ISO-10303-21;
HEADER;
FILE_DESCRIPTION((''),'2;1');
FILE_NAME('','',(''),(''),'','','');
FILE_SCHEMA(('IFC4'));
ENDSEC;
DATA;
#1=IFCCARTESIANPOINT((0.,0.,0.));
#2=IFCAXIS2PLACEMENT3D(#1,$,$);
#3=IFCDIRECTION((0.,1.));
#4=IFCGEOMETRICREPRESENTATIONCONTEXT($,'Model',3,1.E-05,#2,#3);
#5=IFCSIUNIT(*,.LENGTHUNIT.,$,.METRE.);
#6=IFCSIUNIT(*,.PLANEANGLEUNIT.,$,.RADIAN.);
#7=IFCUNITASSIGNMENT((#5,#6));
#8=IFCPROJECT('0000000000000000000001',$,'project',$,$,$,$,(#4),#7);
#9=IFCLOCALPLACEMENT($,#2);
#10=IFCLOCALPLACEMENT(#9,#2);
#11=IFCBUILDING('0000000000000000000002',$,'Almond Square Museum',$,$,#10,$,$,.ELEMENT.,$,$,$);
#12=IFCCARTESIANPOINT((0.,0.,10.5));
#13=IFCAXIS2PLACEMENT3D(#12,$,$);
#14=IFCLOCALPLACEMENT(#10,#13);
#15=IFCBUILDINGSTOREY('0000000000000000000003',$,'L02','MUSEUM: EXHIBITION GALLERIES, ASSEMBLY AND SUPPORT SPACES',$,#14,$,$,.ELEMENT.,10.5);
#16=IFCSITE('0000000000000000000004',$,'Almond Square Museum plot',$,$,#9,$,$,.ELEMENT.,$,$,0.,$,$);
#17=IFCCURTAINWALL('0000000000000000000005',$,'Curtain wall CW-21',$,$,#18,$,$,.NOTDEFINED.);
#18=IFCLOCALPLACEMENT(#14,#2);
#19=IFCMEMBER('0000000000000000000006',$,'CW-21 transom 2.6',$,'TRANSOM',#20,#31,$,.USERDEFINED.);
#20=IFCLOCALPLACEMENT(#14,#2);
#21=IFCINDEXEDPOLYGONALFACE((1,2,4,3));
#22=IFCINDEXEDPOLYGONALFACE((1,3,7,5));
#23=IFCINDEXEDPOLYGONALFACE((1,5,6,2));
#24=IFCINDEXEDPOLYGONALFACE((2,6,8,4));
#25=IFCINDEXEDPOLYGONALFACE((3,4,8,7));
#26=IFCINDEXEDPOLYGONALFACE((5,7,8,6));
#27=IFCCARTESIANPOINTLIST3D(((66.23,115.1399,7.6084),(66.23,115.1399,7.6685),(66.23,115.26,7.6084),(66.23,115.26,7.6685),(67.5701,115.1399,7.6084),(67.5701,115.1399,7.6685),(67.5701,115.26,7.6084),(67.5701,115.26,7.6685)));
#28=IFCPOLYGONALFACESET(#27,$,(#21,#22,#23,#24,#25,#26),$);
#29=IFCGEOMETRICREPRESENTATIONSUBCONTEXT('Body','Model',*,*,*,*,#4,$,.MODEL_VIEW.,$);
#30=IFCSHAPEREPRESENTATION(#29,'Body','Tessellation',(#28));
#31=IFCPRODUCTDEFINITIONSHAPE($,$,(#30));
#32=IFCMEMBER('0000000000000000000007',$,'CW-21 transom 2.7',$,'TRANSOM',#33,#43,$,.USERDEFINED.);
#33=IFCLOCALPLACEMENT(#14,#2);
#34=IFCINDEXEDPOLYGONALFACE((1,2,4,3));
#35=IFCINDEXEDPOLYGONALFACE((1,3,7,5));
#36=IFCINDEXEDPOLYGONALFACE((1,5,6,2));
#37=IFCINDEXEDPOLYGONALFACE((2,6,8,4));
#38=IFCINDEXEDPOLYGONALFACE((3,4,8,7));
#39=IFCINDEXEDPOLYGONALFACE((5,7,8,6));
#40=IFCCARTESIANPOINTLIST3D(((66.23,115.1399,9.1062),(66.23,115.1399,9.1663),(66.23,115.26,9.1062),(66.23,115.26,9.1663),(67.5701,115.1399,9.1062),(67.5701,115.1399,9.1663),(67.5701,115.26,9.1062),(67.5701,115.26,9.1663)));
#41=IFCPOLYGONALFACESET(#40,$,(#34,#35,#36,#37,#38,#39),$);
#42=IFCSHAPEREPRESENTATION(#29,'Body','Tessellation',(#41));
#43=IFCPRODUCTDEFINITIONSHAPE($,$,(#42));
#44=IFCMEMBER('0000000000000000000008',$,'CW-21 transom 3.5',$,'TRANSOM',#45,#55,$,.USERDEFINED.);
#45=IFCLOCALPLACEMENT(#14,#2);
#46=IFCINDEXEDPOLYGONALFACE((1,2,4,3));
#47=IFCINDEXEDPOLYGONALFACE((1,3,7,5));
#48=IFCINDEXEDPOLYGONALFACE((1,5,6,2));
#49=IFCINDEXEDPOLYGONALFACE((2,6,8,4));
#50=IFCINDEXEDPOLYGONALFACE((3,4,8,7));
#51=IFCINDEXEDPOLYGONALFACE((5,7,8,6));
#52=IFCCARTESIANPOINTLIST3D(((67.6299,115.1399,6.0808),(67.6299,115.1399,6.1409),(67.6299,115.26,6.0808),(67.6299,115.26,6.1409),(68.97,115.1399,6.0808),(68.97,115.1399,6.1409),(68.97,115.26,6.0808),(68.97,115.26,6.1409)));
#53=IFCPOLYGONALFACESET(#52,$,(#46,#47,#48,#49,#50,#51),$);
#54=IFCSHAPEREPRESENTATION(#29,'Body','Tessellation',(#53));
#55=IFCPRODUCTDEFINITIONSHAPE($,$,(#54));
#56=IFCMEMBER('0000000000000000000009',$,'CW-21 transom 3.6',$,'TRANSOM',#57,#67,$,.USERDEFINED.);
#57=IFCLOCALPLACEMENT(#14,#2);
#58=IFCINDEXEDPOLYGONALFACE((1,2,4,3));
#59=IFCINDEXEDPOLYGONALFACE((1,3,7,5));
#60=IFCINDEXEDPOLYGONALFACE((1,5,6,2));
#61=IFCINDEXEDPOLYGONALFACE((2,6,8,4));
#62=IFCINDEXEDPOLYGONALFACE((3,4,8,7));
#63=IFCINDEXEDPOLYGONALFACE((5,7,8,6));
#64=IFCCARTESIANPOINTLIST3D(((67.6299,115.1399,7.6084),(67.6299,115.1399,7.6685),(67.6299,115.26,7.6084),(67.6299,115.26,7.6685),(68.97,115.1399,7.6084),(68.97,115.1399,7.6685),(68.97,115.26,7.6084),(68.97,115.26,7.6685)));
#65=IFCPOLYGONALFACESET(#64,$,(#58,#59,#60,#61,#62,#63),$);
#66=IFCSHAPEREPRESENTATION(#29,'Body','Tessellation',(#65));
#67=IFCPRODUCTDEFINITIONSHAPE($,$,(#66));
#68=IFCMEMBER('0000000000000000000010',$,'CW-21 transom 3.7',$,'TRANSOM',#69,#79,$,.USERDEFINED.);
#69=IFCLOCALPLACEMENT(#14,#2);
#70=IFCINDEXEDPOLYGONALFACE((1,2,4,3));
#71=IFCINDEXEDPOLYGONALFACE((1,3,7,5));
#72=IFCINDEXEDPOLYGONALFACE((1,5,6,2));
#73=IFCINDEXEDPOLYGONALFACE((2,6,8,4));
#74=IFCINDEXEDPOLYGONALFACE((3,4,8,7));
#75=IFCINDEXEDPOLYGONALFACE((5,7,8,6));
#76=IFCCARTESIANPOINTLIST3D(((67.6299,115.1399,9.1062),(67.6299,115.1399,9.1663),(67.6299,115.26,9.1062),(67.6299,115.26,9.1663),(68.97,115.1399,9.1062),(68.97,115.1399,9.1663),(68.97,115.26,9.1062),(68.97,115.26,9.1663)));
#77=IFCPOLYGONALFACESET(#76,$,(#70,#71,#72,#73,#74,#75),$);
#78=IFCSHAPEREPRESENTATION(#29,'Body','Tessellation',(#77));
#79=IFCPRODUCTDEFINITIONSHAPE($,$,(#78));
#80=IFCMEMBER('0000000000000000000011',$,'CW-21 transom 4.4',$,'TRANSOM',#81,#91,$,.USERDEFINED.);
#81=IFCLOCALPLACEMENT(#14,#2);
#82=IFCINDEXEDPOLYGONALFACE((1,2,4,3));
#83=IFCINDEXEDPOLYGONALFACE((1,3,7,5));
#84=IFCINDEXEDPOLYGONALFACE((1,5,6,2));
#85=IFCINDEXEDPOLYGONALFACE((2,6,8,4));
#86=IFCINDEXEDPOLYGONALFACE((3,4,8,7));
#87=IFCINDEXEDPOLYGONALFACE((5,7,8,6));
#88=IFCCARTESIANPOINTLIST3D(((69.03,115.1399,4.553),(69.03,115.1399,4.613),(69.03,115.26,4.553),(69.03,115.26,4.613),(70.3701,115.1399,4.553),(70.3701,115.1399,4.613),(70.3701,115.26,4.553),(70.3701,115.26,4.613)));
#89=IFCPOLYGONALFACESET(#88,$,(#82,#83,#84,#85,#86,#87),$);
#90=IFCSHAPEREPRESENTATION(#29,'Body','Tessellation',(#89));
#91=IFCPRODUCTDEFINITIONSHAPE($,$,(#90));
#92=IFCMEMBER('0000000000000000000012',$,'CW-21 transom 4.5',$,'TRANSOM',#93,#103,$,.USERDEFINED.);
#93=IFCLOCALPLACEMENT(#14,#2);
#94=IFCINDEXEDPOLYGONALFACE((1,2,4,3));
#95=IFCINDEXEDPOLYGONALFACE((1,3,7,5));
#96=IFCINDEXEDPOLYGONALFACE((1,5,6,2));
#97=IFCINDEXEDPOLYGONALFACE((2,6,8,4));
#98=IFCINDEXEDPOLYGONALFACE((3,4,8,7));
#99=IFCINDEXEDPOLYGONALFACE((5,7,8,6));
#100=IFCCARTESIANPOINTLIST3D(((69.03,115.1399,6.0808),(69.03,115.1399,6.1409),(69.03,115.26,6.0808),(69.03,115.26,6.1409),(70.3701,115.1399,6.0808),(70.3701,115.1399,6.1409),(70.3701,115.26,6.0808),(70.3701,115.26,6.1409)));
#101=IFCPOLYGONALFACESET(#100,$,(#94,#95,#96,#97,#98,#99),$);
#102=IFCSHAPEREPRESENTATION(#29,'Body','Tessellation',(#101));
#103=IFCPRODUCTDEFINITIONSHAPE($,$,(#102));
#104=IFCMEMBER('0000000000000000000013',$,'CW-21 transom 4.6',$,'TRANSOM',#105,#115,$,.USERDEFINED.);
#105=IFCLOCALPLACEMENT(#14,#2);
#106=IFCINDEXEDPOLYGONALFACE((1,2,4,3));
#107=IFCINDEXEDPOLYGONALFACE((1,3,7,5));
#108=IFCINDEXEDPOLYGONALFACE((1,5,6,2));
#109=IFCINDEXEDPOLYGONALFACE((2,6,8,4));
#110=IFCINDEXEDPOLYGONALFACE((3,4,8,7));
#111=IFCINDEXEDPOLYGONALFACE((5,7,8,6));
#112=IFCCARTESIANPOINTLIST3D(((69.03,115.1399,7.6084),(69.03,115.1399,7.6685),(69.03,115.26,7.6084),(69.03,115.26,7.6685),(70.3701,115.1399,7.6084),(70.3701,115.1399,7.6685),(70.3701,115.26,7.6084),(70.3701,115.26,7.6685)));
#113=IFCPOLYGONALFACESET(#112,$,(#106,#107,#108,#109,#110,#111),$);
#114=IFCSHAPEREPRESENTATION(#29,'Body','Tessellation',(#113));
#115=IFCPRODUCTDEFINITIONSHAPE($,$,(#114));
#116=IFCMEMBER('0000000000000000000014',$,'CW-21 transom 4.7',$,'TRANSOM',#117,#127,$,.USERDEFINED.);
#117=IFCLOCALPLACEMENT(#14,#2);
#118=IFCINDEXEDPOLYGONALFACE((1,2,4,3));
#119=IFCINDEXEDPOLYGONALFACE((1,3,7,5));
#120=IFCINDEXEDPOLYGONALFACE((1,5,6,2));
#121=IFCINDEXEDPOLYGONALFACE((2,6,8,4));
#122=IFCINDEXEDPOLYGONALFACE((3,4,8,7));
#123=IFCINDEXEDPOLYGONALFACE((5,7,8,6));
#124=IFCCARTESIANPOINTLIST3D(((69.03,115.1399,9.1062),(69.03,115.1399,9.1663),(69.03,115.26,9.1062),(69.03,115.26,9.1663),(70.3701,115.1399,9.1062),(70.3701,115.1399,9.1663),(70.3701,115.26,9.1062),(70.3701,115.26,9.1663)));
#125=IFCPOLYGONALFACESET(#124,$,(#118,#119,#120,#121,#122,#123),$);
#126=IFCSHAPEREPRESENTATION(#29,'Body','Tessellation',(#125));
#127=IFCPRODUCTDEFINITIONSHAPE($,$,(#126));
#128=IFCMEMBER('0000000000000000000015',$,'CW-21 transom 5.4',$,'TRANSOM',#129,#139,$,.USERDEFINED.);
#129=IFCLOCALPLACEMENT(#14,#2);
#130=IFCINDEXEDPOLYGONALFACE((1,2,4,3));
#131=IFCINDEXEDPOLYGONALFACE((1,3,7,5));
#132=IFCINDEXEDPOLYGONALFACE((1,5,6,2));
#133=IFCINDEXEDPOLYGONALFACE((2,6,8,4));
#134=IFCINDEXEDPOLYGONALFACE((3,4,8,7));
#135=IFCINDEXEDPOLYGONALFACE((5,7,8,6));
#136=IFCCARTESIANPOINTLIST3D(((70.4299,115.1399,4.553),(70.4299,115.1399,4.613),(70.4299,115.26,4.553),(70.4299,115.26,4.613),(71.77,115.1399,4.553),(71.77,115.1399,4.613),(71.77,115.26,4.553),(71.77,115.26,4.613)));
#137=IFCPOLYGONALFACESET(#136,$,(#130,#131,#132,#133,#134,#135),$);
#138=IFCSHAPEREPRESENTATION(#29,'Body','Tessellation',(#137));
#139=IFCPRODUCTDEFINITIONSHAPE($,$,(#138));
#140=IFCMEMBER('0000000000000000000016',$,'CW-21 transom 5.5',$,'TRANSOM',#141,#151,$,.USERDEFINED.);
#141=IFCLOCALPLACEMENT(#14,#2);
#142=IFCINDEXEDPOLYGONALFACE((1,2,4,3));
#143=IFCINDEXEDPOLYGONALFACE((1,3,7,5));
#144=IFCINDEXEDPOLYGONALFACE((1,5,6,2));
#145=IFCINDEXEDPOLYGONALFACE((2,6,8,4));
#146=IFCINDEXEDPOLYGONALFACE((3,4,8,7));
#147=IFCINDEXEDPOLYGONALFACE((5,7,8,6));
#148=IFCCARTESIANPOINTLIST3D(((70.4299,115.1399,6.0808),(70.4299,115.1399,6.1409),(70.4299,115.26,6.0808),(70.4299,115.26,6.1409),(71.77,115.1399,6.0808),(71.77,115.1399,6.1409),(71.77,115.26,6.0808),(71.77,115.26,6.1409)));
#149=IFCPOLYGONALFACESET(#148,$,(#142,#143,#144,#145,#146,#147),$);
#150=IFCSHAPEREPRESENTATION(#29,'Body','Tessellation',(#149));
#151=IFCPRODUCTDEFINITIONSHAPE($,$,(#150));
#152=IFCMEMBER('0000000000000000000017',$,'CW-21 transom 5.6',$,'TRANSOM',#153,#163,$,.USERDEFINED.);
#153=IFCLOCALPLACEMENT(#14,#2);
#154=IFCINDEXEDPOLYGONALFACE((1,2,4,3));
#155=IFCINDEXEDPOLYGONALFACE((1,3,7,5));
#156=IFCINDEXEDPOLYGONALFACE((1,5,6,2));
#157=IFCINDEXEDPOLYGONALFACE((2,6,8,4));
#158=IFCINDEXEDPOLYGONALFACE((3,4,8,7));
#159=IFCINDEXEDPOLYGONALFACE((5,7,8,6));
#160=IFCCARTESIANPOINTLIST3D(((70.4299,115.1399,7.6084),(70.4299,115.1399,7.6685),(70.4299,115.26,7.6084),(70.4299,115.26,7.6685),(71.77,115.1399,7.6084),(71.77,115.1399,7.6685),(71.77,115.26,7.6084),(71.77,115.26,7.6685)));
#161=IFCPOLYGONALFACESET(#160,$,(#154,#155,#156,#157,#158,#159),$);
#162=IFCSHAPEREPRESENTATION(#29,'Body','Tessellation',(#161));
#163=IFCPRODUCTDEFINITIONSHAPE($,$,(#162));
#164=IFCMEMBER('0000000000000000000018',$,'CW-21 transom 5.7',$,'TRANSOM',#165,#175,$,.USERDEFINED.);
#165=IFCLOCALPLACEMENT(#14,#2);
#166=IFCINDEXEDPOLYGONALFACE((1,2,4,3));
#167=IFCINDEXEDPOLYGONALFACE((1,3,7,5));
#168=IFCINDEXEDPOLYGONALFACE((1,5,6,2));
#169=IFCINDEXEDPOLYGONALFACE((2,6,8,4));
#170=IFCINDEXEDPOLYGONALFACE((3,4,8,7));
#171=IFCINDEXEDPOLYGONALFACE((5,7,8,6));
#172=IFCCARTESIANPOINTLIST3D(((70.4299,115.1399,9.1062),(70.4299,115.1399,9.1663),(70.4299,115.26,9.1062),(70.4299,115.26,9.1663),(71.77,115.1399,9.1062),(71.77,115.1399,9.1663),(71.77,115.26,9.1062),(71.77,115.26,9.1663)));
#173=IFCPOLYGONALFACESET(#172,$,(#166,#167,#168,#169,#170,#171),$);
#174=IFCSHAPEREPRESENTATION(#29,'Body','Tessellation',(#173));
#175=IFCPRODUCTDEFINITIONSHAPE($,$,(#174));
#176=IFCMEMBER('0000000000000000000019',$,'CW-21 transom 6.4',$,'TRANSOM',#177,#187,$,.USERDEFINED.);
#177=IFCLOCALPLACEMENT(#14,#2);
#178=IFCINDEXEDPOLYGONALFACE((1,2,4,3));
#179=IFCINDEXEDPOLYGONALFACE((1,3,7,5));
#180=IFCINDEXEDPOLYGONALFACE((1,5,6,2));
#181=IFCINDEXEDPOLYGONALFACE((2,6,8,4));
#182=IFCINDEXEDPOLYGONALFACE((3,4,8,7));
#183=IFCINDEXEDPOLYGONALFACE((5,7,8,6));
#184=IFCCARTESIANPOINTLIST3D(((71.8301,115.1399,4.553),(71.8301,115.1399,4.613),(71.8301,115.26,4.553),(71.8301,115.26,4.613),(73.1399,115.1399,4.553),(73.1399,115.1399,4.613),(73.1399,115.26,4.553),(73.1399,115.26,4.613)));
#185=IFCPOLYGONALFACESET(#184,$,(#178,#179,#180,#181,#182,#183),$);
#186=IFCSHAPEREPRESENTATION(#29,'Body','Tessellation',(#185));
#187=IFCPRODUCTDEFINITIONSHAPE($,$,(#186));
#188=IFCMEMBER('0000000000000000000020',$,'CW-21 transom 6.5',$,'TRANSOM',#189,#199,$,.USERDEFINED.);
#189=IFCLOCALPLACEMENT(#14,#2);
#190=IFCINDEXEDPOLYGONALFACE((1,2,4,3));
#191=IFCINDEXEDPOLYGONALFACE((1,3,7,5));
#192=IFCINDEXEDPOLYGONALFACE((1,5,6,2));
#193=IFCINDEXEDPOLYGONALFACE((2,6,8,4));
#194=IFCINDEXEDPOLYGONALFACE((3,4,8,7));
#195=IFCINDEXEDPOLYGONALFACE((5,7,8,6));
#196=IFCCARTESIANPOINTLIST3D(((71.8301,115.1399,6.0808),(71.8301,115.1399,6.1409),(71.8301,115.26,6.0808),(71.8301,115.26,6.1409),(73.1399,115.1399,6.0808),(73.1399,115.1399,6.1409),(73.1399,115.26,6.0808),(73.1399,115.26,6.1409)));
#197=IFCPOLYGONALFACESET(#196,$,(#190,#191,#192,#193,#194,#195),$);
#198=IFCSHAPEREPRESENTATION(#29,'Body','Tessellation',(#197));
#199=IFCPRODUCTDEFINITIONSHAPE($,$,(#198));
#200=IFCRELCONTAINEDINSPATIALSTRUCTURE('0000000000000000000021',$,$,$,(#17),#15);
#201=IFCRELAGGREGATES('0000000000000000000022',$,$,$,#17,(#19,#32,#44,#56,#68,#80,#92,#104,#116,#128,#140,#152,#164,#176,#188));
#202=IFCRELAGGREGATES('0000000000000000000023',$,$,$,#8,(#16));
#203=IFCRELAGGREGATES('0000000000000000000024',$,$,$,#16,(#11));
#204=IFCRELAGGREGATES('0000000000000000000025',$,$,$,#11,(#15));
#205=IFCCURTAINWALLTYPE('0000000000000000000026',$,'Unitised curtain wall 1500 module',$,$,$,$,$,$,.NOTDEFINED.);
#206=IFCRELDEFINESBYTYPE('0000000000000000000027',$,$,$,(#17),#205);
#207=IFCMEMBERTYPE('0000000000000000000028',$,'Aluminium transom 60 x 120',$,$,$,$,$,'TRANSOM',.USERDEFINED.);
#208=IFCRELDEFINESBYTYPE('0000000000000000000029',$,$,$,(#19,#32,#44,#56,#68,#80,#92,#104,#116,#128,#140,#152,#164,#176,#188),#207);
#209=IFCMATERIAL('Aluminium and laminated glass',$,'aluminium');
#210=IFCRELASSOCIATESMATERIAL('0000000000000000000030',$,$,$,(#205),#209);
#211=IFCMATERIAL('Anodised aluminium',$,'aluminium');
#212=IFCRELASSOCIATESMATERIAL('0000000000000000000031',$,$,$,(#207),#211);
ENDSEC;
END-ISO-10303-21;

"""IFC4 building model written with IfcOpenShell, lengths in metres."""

from ifc_helpers import new_model, si_unit, direction, frame, origin, origin_2d, place, context, subcontext, project, spatial, rectangle, extrude, material, material_profile, profile_set, type_object, element, aggregate, save


model = new_model("IFC4")

# Units and contexts
model_context = context("Model", 3, precision=1e-05, world=origin(), true_north=direction((0.0, 1.0)))
body_context = subcontext(model_context, "Body", "Model", "MODEL_VIEW")
ifc_project = project(units=[si_unit("LENGTHUNIT", "METRE"), si_unit("PLANEANGLEUNIT", "RADIAN")], contexts=[model_context])

# Site, building, storey
site_placement = place(None, origin())
site = spatial("IfcSite", under=ifc_project, at=site_placement, Name="Almond Square Museum plot", CompositionType="ELEMENT", RefElevation=0.0)
building_placement = place(site_placement, origin())
building = spatial("IfcBuilding", under=site, at=building_placement, Name="Almond Square Museum", CompositionType="ELEMENT")
storey_placement = place(building_placement, frame((0.0, 0.0, 10.5)))
storey = spatial("IfcBuildingStorey", under=building, at=storey_placement, Name="L02", Description="MUSEUM: EXHIBITION GALLERIES, ASSEMBLY AND SUPPORT SPACES", CompositionType="ELEMENT", Elevation=10.5)

# Curtain wall, members
ifc_material_1 = material(Name="Aluminium and laminated glass", Category="aluminium")
curtain_wall_type = type_object("IfcCurtainWallType", Name="Unitised curtain wall 1500 module", PredefinedType="NOTDEFINED", material=ifc_material_1)
curtain_wall_placement = place(storey_placement, origin())
curtain_wall = element("IfcCurtainWall", 1, at=curtain_wall_placement, inside=storey, type_object=curtain_wall_type, Name="Curtain wall CW-21", PredefinedType="NOTDEFINED")
ifc_material_2 = material(Name="Anodised aluminium", Category="aluminium")
ifc_material_profile_1 = material_profile(ifc_material_2, rectangle(XDim=0.1201, YDim=0.0601, at=origin_2d()))
ifc_profile_set_1 = profile_set([ifc_material_profile_1], Name="Anodised aluminium")
member_type_1 = type_object("IfcMemberType", Name="Aluminium transom 60 x 120", ElementType="TRANSOM", PredefinedType="USERDEFINED", material=ifc_profile_set_1)
member_1_placement = place(storey_placement, frame((66.23, 115.2, 7.6384), z_axis=(1.0, 0.0, 0.0), x_axis=(0.0, 1.0, 0.0)))
member_1 = element("IfcMember", 2, at=member_1_placement, type_object=member_type_1, Name="CW-21 transom 2.6", ObjectType="TRANSOM", PredefinedType="USERDEFINED", context=body_context, shape_type="SweptSolid", body=[
    extrude(rectangle(XDim=0.1201, YDim=0.0601, at=origin_2d()), origin(), (0.0, 0.0, 1.0), 1.3401),
])
member_2_placement = place(storey_placement, frame((66.23, 115.2, 9.1362), z_axis=(1.0, 0.0, 0.0), x_axis=(0.0, 1.0, 0.0)))
member_2 = element("IfcMember", 3, at=member_2_placement, type_object=member_type_1, Name="CW-21 transom 2.7", ObjectType="TRANSOM", PredefinedType="USERDEFINED", context=body_context, shape_type="SweptSolid", body=[
    extrude(rectangle(XDim=0.1201, YDim=0.0601, at=origin_2d()), origin(), (0.0, 0.0, 1.0), 1.3401),
])
member_3_placement = place(storey_placement, frame((67.6299, 115.2, 6.1108), z_axis=(1.0, 0.0, 0.0), x_axis=(0.0, 1.0, 0.0)))
member_3 = element("IfcMember", 4, at=member_3_placement, type_object=member_type_1, Name="CW-21 transom 3.5", ObjectType="TRANSOM", PredefinedType="USERDEFINED", context=body_context, shape_type="SweptSolid", body=[
    extrude(rectangle(XDim=0.1201, YDim=0.0601, at=origin_2d()), origin(), (0.0, 0.0, 1.0), 1.3401),
])
member_4_placement = place(storey_placement, frame((67.6299, 115.2, 7.6384), z_axis=(1.0, 0.0, 0.0), x_axis=(0.0, 1.0, 0.0)))
member_4 = element("IfcMember", 5, at=member_4_placement, type_object=member_type_1, Name="CW-21 transom 3.6", ObjectType="TRANSOM", PredefinedType="USERDEFINED", context=body_context, shape_type="SweptSolid", body=[
    extrude(rectangle(XDim=0.1201, YDim=0.0601, at=origin_2d()), origin(), (0.0, 0.0, 1.0), 1.3401),
])
member_5_placement = place(storey_placement, frame((67.6299, 115.2, 9.1362), z_axis=(1.0, 0.0, 0.0), x_axis=(0.0, 1.0, 0.0)))
member_5 = element("IfcMember", 6, at=member_5_placement, type_object=member_type_1, Name="CW-21 transom 3.7", ObjectType="TRANSOM", PredefinedType="USERDEFINED", context=body_context, shape_type="SweptSolid", body=[
    extrude(rectangle(XDim=0.1201, YDim=0.0601, at=origin_2d()), origin(), (0.0, 0.0, 1.0), 1.3401),
])
member_6_placement = place(storey_placement, frame((69.03, 115.2, 4.583), z_axis=(1.0, 0.0, 0.0), x_axis=(0.0, 1.0, 0.0)))
member_6 = element("IfcMember", 7, at=member_6_placement, type_object=member_type_1, Name="CW-21 transom 4.4", ObjectType="TRANSOM", PredefinedType="USERDEFINED", context=body_context, shape_type="SweptSolid", body=[
    extrude(rectangle(XDim=0.1201, YDim=0.0601, at=origin_2d()), origin(), (0.0, 0.0, 1.0), 1.3401),
])
member_7_placement = place(storey_placement, frame((69.03, 115.2, 6.1108), z_axis=(1.0, 0.0, 0.0), x_axis=(0.0, 1.0, 0.0)))
member_7 = element("IfcMember", 8, at=member_7_placement, type_object=member_type_1, Name="CW-21 transom 4.5", ObjectType="TRANSOM", PredefinedType="USERDEFINED", context=body_context, shape_type="SweptSolid", body=[
    extrude(rectangle(XDim=0.1201, YDim=0.0601, at=origin_2d()), origin(), (0.0, 0.0, 1.0), 1.3401),
])
member_8_placement = place(storey_placement, frame((69.03, 115.2, 7.6384), z_axis=(1.0, 0.0, 0.0), x_axis=(0.0, 1.0, 0.0)))
member_8 = element("IfcMember", 9, at=member_8_placement, type_object=member_type_1, Name="CW-21 transom 4.6", ObjectType="TRANSOM", PredefinedType="USERDEFINED", context=body_context, shape_type="SweptSolid", body=[
    extrude(rectangle(XDim=0.1201, YDim=0.0601, at=origin_2d()), origin(), (0.0, 0.0, 1.0), 1.3401),
])
member_9_placement = place(storey_placement, frame((69.03, 115.2, 9.1362), z_axis=(1.0, 0.0, 0.0), x_axis=(0.0, 1.0, 0.0)))
member_9 = element("IfcMember", 10, at=member_9_placement, type_object=member_type_1, Name="CW-21 transom 4.7", ObjectType="TRANSOM", PredefinedType="USERDEFINED", context=body_context, shape_type="SweptSolid", body=[
    extrude(rectangle(XDim=0.1201, YDim=0.0601, at=origin_2d()), origin(), (0.0, 0.0, 1.0), 1.3401),
])
member_10_placement = place(storey_placement, frame((70.4299, 115.2, 4.583), z_axis=(1.0, 0.0, 0.0), x_axis=(0.0, 1.0, 0.0)))
member_10 = element("IfcMember", 11, at=member_10_placement, type_object=member_type_1, Name="CW-21 transom 5.4", ObjectType="TRANSOM", PredefinedType="USERDEFINED", context=body_context, shape_type="SweptSolid", body=[
    extrude(rectangle(XDim=0.1201, YDim=0.0601, at=origin_2d()), origin(), (0.0, 0.0, 1.0), 1.3401),
])
member_11_placement = place(storey_placement, frame((70.4299, 115.2, 6.1108), z_axis=(1.0, 0.0, 0.0), x_axis=(0.0, 1.0, 0.0)))
member_11 = element("IfcMember", 12, at=member_11_placement, type_object=member_type_1, Name="CW-21 transom 5.5", ObjectType="TRANSOM", PredefinedType="USERDEFINED", context=body_context, shape_type="SweptSolid", body=[
    extrude(rectangle(XDim=0.1201, YDim=0.0601, at=origin_2d()), origin(), (0.0, 0.0, 1.0), 1.3401),
])
member_12_placement = place(storey_placement, frame((70.4299, 115.2, 7.6384), z_axis=(1.0, 0.0, 0.0), x_axis=(0.0, 1.0, 0.0)))
member_12 = element("IfcMember", 13, at=member_12_placement, type_object=member_type_1, Name="CW-21 transom 5.6", ObjectType="TRANSOM", PredefinedType="USERDEFINED", context=body_context, shape_type="SweptSolid", body=[
    extrude(rectangle(XDim=0.1201, YDim=0.0601, at=origin_2d()), origin(), (0.0, 0.0, 1.0), 1.3401),
])
member_13_placement = place(storey_placement, frame((70.4299, 115.2, 9.1362), z_axis=(1.0, 0.0, 0.0), x_axis=(0.0, 1.0, 0.0)))
member_13 = element("IfcMember", 14, at=member_13_placement, type_object=member_type_1, Name="CW-21 transom 5.7", ObjectType="TRANSOM", PredefinedType="USERDEFINED", context=body_context, shape_type="SweptSolid", body=[
    extrude(rectangle(XDim=0.1201, YDim=0.0601, at=origin_2d()), origin(), (0.0, 0.0, 1.0), 1.3401),
])
member_14_placement = place(storey_placement, frame((71.8301, 115.2, 4.583), z_axis=(1.0, 0.0, 0.0), x_axis=(0.0, 1.0, 0.0)))
member_14 = element("IfcMember", 15, at=member_14_placement, type_object=member_type_1, Name="CW-21 transom 6.4", ObjectType="TRANSOM", PredefinedType="USERDEFINED", context=body_context, shape_type="SweptSolid", body=[
    extrude(rectangle(XDim=0.1201, YDim=0.0601, at=origin_2d()), origin(), (0.0, 0.0, 1.0), 1.3098),
])
member_15_placement = place(storey_placement, frame((71.8301, 115.2, 6.1108), z_axis=(1.0, 0.0, 0.0), x_axis=(0.0, 1.0, 0.0)))
member_15 = element("IfcMember", 16, at=member_15_placement, type_object=member_type_1, Name="CW-21 transom 6.5", ObjectType="TRANSOM", PredefinedType="USERDEFINED", context=body_context, shape_type="SweptSolid", body=[
    extrude(rectangle(XDim=0.1201, YDim=0.0601, at=origin_2d()), origin(), (0.0, 0.0, 1.0), 1.3098),
])

aggregate(curtain_wall, [member_1, member_2, member_3, member_4, member_5, member_6, member_7, member_8, member_9, member_10, member_11, member_12, member_13, member_14, member_15])

save(model, "model.ifc")
